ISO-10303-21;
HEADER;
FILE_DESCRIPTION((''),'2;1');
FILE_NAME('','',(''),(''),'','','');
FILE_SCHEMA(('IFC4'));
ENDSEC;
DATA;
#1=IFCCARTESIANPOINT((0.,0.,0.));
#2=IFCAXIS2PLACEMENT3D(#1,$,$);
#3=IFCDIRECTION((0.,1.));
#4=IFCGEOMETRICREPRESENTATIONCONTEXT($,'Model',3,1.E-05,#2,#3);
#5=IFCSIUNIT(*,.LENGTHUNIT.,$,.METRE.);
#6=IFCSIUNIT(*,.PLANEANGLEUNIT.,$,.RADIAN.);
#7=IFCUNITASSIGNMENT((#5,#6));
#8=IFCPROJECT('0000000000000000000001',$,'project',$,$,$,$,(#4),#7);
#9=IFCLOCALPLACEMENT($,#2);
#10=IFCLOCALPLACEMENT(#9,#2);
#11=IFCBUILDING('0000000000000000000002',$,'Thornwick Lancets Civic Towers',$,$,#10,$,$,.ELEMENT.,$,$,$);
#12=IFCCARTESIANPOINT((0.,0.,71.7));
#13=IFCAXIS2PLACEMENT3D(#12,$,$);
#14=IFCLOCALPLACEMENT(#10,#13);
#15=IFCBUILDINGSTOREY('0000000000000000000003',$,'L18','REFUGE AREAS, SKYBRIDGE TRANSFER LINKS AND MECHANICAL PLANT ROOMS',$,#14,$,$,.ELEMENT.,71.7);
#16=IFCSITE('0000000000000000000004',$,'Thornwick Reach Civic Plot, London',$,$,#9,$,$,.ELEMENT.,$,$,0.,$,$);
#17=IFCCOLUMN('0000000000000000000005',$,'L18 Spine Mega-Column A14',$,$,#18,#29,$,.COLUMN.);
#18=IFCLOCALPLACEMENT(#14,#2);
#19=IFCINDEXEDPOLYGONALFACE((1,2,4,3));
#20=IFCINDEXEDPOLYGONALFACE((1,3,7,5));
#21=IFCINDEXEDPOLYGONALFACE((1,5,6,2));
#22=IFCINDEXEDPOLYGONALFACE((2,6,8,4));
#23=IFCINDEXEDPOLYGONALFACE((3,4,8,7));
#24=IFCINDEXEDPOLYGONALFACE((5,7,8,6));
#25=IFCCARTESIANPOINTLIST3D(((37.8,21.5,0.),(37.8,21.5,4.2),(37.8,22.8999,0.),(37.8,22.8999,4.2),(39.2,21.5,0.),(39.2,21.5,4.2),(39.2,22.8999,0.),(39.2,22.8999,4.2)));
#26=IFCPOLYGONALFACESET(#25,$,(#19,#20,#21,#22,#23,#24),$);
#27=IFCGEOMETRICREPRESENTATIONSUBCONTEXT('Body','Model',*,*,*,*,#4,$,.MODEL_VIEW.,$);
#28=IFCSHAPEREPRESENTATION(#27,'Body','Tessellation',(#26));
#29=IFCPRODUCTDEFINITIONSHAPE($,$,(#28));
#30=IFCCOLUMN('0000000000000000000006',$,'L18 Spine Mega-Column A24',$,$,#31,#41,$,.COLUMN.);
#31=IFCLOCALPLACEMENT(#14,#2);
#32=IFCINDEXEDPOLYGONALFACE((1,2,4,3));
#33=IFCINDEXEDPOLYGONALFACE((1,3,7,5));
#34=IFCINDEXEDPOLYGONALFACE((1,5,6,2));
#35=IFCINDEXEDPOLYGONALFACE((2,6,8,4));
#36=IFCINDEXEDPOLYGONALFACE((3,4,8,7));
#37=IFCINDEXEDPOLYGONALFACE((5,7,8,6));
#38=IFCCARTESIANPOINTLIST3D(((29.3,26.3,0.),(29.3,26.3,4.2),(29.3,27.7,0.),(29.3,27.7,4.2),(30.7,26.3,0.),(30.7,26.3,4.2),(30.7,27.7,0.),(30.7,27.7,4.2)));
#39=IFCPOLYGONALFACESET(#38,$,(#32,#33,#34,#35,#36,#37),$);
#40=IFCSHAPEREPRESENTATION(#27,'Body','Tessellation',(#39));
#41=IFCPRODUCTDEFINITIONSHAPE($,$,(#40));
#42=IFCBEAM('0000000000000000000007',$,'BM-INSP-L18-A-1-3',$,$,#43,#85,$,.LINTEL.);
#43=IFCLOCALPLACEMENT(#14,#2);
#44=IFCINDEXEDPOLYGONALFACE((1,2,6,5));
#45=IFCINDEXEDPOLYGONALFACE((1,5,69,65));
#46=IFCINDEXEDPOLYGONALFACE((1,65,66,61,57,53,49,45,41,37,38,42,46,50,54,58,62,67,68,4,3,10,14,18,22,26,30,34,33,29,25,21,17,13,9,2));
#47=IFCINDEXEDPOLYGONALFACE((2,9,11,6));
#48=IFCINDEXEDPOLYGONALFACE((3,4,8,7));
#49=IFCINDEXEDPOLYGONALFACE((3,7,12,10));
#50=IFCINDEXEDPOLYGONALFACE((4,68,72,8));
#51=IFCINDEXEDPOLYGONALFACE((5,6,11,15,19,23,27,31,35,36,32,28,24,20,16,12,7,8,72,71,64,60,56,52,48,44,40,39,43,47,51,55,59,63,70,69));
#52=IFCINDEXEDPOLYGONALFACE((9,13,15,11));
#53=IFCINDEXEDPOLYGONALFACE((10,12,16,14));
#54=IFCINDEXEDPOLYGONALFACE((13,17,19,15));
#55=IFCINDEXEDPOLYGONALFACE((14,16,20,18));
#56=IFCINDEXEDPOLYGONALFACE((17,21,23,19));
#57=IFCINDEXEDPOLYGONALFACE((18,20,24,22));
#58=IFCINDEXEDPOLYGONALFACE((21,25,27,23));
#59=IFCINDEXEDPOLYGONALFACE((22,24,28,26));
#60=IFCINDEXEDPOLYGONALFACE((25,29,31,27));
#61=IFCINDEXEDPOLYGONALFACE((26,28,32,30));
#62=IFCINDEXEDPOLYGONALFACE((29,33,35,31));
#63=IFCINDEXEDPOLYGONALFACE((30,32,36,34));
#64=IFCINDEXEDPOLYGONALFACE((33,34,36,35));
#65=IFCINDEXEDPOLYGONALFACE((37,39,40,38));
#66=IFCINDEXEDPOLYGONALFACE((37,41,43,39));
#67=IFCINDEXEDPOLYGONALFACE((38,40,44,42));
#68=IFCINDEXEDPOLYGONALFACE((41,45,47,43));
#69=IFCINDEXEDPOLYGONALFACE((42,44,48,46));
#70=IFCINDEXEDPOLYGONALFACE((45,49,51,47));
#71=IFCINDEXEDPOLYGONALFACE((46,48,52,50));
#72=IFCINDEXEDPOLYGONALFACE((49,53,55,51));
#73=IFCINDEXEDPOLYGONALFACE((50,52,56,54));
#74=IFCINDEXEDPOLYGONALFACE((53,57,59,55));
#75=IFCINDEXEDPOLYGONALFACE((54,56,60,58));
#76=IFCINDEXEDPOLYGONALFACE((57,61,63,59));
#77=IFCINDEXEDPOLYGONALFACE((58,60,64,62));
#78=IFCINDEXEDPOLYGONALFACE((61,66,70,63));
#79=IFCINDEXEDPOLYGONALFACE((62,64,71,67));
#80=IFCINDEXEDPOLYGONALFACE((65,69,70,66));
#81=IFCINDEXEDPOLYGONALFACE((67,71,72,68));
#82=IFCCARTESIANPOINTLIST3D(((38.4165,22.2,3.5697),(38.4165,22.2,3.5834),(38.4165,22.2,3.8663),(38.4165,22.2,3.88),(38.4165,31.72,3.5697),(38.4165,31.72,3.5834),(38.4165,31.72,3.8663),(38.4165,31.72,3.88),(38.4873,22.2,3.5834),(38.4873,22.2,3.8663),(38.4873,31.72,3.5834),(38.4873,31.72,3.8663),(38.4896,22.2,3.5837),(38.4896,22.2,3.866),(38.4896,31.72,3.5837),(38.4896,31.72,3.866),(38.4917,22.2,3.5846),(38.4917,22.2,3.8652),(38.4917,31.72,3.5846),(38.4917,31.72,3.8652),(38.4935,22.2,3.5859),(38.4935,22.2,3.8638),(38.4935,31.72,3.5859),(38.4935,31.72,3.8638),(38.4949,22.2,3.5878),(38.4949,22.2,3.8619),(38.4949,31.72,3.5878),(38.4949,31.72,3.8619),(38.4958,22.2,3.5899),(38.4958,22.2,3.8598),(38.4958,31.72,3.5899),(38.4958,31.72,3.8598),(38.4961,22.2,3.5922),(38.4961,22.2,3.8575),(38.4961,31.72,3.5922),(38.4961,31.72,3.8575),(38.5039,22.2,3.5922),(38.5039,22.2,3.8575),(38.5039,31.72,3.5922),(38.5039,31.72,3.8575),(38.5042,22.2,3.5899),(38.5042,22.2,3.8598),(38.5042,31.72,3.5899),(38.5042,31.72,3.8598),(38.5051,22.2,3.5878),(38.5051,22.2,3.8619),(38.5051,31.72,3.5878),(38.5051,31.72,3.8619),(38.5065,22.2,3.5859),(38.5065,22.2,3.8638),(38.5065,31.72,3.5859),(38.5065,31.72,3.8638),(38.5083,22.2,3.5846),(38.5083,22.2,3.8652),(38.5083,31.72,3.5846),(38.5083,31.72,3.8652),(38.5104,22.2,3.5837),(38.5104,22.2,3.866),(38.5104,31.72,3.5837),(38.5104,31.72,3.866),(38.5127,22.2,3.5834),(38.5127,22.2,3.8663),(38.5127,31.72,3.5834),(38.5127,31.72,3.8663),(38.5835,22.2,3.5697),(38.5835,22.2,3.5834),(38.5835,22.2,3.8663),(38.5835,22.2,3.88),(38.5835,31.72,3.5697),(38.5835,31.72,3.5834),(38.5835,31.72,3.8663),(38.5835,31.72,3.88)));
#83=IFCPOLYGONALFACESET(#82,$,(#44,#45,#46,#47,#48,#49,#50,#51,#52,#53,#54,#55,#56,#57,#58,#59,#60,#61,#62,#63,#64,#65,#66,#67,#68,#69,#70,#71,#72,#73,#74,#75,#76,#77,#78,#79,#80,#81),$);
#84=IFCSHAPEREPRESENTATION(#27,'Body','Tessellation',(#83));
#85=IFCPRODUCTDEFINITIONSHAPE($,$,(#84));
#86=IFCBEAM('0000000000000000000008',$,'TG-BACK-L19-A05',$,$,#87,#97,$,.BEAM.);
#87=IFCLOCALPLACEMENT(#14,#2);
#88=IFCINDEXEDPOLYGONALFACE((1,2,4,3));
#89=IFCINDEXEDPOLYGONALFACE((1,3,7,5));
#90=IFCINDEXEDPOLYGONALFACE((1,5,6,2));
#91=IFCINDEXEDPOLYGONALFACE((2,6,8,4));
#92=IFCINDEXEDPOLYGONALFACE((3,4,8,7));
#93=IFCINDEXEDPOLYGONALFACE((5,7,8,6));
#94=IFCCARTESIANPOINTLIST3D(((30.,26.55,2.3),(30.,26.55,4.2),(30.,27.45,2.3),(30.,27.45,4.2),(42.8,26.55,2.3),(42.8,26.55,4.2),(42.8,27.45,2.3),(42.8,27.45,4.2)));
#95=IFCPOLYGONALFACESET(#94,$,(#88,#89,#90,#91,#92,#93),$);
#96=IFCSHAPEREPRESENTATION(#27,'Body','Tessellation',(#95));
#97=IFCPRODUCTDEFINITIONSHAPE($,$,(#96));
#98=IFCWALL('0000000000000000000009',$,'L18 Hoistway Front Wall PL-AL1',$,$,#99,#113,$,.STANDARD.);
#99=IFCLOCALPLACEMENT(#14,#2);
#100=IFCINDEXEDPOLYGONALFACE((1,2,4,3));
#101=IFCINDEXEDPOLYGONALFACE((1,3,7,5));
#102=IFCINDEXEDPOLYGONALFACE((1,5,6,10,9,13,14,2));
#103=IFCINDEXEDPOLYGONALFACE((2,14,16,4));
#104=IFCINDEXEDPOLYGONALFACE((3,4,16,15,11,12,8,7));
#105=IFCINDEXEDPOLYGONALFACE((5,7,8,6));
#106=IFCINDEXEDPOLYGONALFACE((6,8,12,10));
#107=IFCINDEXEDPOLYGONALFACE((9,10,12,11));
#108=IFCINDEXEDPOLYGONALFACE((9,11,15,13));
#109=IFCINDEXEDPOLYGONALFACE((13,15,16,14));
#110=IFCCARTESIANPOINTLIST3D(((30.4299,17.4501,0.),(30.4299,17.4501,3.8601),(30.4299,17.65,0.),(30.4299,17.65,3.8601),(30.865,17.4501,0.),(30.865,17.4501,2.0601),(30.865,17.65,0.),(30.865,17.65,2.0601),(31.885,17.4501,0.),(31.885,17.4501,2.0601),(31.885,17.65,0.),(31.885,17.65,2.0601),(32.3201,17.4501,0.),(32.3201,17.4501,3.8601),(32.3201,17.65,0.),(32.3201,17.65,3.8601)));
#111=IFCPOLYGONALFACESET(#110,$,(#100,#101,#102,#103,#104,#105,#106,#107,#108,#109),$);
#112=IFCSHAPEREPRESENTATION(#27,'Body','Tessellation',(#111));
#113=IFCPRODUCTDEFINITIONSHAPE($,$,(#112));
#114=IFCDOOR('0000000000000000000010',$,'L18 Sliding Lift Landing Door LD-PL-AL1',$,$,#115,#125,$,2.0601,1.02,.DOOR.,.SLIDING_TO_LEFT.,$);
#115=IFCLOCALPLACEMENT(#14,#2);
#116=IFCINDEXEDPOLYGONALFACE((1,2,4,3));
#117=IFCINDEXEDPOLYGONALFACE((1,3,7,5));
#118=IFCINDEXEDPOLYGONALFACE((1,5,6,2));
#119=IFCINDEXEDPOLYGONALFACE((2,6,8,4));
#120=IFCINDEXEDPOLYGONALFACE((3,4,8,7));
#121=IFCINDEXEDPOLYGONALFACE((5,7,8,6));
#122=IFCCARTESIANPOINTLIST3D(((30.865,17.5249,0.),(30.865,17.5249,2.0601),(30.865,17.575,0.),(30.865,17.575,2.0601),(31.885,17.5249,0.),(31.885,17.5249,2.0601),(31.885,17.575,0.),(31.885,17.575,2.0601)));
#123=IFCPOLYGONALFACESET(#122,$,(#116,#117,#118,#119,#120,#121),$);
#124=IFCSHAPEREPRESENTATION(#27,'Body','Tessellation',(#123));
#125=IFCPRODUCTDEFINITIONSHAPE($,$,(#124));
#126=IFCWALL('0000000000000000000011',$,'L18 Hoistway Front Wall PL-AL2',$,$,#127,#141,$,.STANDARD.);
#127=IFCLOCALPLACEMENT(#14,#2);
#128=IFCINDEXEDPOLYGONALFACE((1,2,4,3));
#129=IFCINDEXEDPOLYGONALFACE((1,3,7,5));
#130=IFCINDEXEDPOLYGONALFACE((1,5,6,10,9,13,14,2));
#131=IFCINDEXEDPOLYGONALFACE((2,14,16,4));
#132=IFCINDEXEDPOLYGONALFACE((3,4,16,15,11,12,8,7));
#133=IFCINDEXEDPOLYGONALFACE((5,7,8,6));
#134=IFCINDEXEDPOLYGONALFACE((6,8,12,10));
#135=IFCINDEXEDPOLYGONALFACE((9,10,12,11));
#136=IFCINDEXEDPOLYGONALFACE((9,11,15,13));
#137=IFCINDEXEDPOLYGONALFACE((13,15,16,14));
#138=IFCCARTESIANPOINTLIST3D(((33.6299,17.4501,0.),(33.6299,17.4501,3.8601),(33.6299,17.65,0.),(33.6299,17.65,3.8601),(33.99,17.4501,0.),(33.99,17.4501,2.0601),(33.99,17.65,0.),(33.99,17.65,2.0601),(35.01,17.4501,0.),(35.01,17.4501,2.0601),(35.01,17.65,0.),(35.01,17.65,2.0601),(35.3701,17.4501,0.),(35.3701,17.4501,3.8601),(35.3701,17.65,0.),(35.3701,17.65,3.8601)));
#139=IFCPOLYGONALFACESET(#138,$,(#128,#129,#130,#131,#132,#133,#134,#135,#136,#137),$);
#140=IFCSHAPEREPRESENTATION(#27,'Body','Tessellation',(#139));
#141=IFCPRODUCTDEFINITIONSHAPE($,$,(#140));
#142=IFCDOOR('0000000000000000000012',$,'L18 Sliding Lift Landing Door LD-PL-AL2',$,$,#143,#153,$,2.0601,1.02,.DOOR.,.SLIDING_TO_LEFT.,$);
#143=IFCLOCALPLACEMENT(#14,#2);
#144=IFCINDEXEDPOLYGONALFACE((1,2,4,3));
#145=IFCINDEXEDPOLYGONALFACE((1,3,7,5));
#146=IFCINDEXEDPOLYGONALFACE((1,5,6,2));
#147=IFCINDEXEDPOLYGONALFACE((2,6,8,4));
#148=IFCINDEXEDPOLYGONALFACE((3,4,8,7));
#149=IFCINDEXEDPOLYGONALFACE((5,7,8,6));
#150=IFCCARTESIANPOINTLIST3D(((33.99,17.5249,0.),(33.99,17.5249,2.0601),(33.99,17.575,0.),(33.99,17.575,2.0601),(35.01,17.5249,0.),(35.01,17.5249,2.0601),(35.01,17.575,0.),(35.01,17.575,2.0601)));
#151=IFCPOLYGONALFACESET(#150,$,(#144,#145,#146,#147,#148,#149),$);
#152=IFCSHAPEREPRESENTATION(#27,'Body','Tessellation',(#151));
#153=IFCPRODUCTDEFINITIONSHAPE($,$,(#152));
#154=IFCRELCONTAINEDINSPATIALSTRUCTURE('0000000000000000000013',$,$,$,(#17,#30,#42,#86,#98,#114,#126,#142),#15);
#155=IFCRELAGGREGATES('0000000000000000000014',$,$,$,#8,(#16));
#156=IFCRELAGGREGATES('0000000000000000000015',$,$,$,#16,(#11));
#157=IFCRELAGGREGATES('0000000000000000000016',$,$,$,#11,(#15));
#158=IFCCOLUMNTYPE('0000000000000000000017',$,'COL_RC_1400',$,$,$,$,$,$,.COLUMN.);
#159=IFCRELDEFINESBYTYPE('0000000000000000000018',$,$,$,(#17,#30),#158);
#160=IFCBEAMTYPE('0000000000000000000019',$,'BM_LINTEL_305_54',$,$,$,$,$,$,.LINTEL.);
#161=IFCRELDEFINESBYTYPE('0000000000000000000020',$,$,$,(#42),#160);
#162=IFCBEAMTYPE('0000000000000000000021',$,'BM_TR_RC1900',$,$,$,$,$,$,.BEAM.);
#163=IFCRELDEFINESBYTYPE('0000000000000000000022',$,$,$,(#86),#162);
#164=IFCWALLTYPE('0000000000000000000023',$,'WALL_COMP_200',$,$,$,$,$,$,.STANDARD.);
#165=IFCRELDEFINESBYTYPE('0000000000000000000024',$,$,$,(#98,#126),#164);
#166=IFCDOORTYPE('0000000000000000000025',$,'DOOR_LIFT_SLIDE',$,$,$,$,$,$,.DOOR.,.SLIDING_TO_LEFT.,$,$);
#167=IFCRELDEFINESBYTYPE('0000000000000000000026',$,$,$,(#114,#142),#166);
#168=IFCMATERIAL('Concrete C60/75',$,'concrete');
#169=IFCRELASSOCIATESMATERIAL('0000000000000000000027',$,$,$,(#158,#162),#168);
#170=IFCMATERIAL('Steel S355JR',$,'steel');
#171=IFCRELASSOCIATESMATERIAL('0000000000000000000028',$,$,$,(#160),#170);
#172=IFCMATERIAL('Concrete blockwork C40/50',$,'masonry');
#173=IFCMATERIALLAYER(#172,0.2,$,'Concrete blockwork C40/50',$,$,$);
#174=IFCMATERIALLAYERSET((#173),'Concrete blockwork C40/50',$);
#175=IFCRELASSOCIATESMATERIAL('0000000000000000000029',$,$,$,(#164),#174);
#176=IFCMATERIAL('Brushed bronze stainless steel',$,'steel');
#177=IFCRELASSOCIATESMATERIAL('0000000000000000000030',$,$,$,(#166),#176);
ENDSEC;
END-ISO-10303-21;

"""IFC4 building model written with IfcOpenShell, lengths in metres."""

from ifc_helpers import new_model, si_unit, direction, frame, frame_2d, origin, origin_2d, place, context, subcontext, project, spatial, rectangle, i_section, extrude, material, layer, layer_set, material_profile, profile_set, type_object, element, fill, save


model = new_model("IFC4")

# Units and contexts
model_context = context("Model", 3, precision=1e-05, world=origin(), true_north=direction((0.0, 1.0)))
body_context = subcontext(model_context, "Body", "Model", "MODEL_VIEW")
ifc_project = project(units=[si_unit("LENGTHUNIT", "METRE"), si_unit("PLANEANGLEUNIT", "RADIAN")], contexts=[model_context])

# Site, building, storey
site_placement = place(None, origin())
site = spatial("IfcSite", under=ifc_project, at=site_placement, Name="Thornwick Reach Civic Plot, London", CompositionType="ELEMENT", RefElevation=0.0)
building_placement = place(site_placement, origin())
building = spatial("IfcBuilding", under=site, at=building_placement, Name="Thornwick Lancets Civic Towers", CompositionType="ELEMENT")
storey_placement = place(building_placement, frame((0.0, 0.0, 71.7)))
storey = spatial("IfcBuildingStorey", under=building, at=storey_placement, Name="L18", Description="REFUGE AREAS, SKYBRIDGE TRANSFER LINKS AND MECHANICAL PLANT ROOMS", CompositionType="ELEMENT", Elevation=71.7)

# Columns
ifc_material_1 = material(Name="Concrete C60/75", Category="concrete")
ifc_material_profile_1 = material_profile(ifc_material_1, rectangle(XDim=1.3999, YDim=1.3999, at=origin_2d()), Name="RC 1400x1400")
ifc_profile_set_1 = profile_set([ifc_material_profile_1], Name="Concrete C60/75")
column_type = type_object("IfcColumnType", Name="COL_RC_1400", PredefinedType="COLUMN", material=ifc_profile_set_1)
for number, where, z_axis, x_axis, name in (
    (1, (38.5, 22.2, 0.0), (0.0, 0.0, 1.0), (1.0, 0.0, 0.0), "L18 Spine Mega-Column A14"),
    (2, (30.0, 27.0, 0.0), (0.0, 0.0, 1.0), (1.0, 0.0, 0.0), "L18 Spine Mega-Column A24"),
):
    element("IfcColumn", number, at=place(storey_placement, frame(where, z_axis=z_axis, x_axis=x_axis)), inside=storey, type_object=column_type, Name=name, PredefinedType="COLUMN", context=body_context, shape_type="SweptSolid", body=[
        extrude(rectangle(XDim=1.3999, YDim=1.3999, at=origin_2d()), origin(), (0.0, 0.0, 1.0), 4.2),
    ])

# Beams
ifc_material_2 = material(Name="Steel S355JR", Category="steel")
ifc_material_profile_2 = material_profile(ifc_material_2, i_section(OverallWidth=0.167, OverallDepth=0.3103, WebThickness=0.0078, FlangeThickness=0.0137, FilletRadius=0.0088, at=origin_2d()), Name="UKB 305x165x54")
ifc_profile_set_2 = profile_set([ifc_material_profile_2], Name="Steel S355JR")
beam_type_1 = type_object("IfcBeamType", Name="BM_LINTEL_305_54", PredefinedType="LINTEL", material=ifc_profile_set_2)
beam_1_placement = place(storey_placement, frame((38.5, 22.2, 3.7249), z_axis=(0.0, 1.0, 0.0), x_axis=(-1.0, 0.0, 0.0)))
element("IfcBeam", 3, at=beam_1_placement, inside=storey, type_object=beam_type_1, Name="BM-INSP-L18-A-1-3", PredefinedType="LINTEL", context=body_context, shape_type="SweptSolid", body=[
    extrude(i_section(OverallWidth=0.167, OverallDepth=0.3103, WebThickness=0.0078, FlangeThickness=0.0137, FilletRadius=0.0088, at=origin_2d()), origin(), (0.0, 0.0, 1.0), 9.52),
])
ifc_material_profile_3 = material_profile(ifc_material_1, rectangle(XDim=0.8999, YDim=1.8999, at=origin_2d()), Name="RC 900x1900")
ifc_profile_set_3 = profile_set([ifc_material_profile_3], Name="Concrete C60/75")
beam_type_2 = type_object("IfcBeamType", Name="BM_TR_RC1900", PredefinedType="BEAM", material=ifc_profile_set_3)
beam_2_placement = place(storey_placement, frame((30.0, 27.0, 3.25), z_axis=(1.0, 0.0, 0.0), x_axis=(0.0, 1.0, 0.0)))
element("IfcBeam", 4, at=beam_2_placement, inside=storey, type_object=beam_type_2, Name="TG-BACK-L19-A05", PredefinedType="BEAM", context=body_context, shape_type="SweptSolid", body=[
    extrude(rectangle(XDim=0.8999, YDim=1.8999, at=origin_2d()), origin(), (0.0, 0.0, 1.0), 12.8),
])

# Walls, openings, doors
ifc_material_3 = material(Name="Concrete blockwork C40/50", Category="masonry")
ifc_layer_1 = layer(ifc_material_3, 0.2, Name="Concrete blockwork C40/50")
ifc_layer_set_1 = layer_set([ifc_layer_1], Name="Concrete blockwork C40/50")
wall_type_1 = type_object("IfcWallType", Name="WALL_COMP_200", PredefinedType="STANDARD", material=ifc_layer_set_1)
wall_1_placement = place(storey_placement, frame((30.4299, 17.55, 0.0), z_axis=(0.0, 0.0, 1.0), x_axis=(1.0, 0.0, 0.0)))
wall_1 = element("IfcWall", 5, at=wall_1_placement, inside=storey, type_object=wall_type_1, Name="L18 Hoistway Front Wall PL-AL1", PredefinedType="STANDARD", context=body_context, shape_type="SweptSolid", body=[
    extrude(rectangle(XDim=1.8901, YDim=0.2, at=frame_2d((0.9451, 0.0))), origin(), (0.0, 0.0, 1.0), 3.8601),
])
opening_1_placement = place(wall_1_placement, frame((0.4351, 0.0, 0.0)))
opening_1 = element("IfcOpeningElement", 6, at=opening_1_placement, cuts=wall_1, PredefinedType="OPENING", context=body_context, shape_type="SweptSolid", body=[
    extrude(rectangle(XDim=1.02, YDim=2.0601, at=frame_2d((0.51, 1.03))), frame((0.0, 0.1099, 0.0), z_axis=(0.0, -1.0, 0.0), x_axis=(1.0, 0.0, 0.0)), (0.0, 0.0, 1.0), 0.22),
])
ifc_material_4 = material(Name="Brushed bronze stainless steel", Category="steel")
door_type_1 = type_object("IfcDoorType", Name="DOOR_LIFT_SLIDE", OperationType="SLIDING_TO_LEFT", PredefinedType="DOOR", material=ifc_material_4)
door_1_placement = place(opening_1_placement, origin())
door_1 = element("IfcDoor", 7, at=door_1_placement, inside=storey, type_object=door_type_1, Name="L18 Sliding Lift Landing Door LD-PL-AL1", OperationType="SLIDING_TO_LEFT", OverallHeight=2.0601, OverallWidth=1.02, PredefinedType="DOOR", context=body_context, shape_type="SweptSolid", body=[
    extrude(rectangle(XDim=1.02, YDim=2.0601, at=frame_2d((0.51, 1.03))), frame((0.0, 0.0249, 0.0), z_axis=(0.0, -1.0, 0.0), x_axis=(1.0, 0.0, 0.0)), (0.0, 0.0, 1.0), 0.05),
])
fill(opening_1, door_1)
wall_2_placement = place(storey_placement, frame((33.6299, 17.55, 0.0), z_axis=(0.0, 0.0, 1.0), x_axis=(1.0, 0.0, 0.0)))
wall_2 = element("IfcWall", 8, at=wall_2_placement, inside=storey, type_object=wall_type_1, Name="L18 Hoistway Front Wall PL-AL2", PredefinedType="STANDARD", context=body_context, shape_type="SweptSolid", body=[
    extrude(rectangle(XDim=1.7402, YDim=0.2, at=frame_2d((0.8701, 0.0))), origin(), (0.0, 0.0, 1.0), 3.8601),
])
opening_2_placement = place(wall_2_placement, frame((0.3601, 0.0, 0.0)))
opening_2 = element("IfcOpeningElement", 9, at=opening_2_placement, cuts=wall_2, PredefinedType="OPENING", context=body_context, shape_type="SweptSolid", body=[
    extrude(rectangle(XDim=1.02, YDim=2.0601, at=frame_2d((0.51, 1.03))), frame((0.0, 0.1099, 0.0), z_axis=(0.0, -1.0, 0.0), x_axis=(1.0, 0.0, 0.0)), (0.0, 0.0, 1.0), 0.22),
])
door_2_placement = place(opening_2_placement, origin())
door_2 = element("IfcDoor", 10, at=door_2_placement, inside=storey, type_object=door_type_1, Name="L18 Sliding Lift Landing Door LD-PL-AL2", OperationType="SLIDING_TO_LEFT", OverallHeight=2.0601, OverallWidth=1.02, PredefinedType="DOOR", context=body_context, shape_type="SweptSolid", body=[
    extrude(rectangle(XDim=1.02, YDim=2.0601, at=frame_2d((0.51, 1.03))), frame((0.0, 0.0249, 0.0), z_axis=(0.0, -1.0, 0.0), x_axis=(1.0, 0.0, 0.0)), (0.0, 0.0, 1.0), 0.05),
])
fill(opening_2, door_2)

save(model, "model.ifc")
